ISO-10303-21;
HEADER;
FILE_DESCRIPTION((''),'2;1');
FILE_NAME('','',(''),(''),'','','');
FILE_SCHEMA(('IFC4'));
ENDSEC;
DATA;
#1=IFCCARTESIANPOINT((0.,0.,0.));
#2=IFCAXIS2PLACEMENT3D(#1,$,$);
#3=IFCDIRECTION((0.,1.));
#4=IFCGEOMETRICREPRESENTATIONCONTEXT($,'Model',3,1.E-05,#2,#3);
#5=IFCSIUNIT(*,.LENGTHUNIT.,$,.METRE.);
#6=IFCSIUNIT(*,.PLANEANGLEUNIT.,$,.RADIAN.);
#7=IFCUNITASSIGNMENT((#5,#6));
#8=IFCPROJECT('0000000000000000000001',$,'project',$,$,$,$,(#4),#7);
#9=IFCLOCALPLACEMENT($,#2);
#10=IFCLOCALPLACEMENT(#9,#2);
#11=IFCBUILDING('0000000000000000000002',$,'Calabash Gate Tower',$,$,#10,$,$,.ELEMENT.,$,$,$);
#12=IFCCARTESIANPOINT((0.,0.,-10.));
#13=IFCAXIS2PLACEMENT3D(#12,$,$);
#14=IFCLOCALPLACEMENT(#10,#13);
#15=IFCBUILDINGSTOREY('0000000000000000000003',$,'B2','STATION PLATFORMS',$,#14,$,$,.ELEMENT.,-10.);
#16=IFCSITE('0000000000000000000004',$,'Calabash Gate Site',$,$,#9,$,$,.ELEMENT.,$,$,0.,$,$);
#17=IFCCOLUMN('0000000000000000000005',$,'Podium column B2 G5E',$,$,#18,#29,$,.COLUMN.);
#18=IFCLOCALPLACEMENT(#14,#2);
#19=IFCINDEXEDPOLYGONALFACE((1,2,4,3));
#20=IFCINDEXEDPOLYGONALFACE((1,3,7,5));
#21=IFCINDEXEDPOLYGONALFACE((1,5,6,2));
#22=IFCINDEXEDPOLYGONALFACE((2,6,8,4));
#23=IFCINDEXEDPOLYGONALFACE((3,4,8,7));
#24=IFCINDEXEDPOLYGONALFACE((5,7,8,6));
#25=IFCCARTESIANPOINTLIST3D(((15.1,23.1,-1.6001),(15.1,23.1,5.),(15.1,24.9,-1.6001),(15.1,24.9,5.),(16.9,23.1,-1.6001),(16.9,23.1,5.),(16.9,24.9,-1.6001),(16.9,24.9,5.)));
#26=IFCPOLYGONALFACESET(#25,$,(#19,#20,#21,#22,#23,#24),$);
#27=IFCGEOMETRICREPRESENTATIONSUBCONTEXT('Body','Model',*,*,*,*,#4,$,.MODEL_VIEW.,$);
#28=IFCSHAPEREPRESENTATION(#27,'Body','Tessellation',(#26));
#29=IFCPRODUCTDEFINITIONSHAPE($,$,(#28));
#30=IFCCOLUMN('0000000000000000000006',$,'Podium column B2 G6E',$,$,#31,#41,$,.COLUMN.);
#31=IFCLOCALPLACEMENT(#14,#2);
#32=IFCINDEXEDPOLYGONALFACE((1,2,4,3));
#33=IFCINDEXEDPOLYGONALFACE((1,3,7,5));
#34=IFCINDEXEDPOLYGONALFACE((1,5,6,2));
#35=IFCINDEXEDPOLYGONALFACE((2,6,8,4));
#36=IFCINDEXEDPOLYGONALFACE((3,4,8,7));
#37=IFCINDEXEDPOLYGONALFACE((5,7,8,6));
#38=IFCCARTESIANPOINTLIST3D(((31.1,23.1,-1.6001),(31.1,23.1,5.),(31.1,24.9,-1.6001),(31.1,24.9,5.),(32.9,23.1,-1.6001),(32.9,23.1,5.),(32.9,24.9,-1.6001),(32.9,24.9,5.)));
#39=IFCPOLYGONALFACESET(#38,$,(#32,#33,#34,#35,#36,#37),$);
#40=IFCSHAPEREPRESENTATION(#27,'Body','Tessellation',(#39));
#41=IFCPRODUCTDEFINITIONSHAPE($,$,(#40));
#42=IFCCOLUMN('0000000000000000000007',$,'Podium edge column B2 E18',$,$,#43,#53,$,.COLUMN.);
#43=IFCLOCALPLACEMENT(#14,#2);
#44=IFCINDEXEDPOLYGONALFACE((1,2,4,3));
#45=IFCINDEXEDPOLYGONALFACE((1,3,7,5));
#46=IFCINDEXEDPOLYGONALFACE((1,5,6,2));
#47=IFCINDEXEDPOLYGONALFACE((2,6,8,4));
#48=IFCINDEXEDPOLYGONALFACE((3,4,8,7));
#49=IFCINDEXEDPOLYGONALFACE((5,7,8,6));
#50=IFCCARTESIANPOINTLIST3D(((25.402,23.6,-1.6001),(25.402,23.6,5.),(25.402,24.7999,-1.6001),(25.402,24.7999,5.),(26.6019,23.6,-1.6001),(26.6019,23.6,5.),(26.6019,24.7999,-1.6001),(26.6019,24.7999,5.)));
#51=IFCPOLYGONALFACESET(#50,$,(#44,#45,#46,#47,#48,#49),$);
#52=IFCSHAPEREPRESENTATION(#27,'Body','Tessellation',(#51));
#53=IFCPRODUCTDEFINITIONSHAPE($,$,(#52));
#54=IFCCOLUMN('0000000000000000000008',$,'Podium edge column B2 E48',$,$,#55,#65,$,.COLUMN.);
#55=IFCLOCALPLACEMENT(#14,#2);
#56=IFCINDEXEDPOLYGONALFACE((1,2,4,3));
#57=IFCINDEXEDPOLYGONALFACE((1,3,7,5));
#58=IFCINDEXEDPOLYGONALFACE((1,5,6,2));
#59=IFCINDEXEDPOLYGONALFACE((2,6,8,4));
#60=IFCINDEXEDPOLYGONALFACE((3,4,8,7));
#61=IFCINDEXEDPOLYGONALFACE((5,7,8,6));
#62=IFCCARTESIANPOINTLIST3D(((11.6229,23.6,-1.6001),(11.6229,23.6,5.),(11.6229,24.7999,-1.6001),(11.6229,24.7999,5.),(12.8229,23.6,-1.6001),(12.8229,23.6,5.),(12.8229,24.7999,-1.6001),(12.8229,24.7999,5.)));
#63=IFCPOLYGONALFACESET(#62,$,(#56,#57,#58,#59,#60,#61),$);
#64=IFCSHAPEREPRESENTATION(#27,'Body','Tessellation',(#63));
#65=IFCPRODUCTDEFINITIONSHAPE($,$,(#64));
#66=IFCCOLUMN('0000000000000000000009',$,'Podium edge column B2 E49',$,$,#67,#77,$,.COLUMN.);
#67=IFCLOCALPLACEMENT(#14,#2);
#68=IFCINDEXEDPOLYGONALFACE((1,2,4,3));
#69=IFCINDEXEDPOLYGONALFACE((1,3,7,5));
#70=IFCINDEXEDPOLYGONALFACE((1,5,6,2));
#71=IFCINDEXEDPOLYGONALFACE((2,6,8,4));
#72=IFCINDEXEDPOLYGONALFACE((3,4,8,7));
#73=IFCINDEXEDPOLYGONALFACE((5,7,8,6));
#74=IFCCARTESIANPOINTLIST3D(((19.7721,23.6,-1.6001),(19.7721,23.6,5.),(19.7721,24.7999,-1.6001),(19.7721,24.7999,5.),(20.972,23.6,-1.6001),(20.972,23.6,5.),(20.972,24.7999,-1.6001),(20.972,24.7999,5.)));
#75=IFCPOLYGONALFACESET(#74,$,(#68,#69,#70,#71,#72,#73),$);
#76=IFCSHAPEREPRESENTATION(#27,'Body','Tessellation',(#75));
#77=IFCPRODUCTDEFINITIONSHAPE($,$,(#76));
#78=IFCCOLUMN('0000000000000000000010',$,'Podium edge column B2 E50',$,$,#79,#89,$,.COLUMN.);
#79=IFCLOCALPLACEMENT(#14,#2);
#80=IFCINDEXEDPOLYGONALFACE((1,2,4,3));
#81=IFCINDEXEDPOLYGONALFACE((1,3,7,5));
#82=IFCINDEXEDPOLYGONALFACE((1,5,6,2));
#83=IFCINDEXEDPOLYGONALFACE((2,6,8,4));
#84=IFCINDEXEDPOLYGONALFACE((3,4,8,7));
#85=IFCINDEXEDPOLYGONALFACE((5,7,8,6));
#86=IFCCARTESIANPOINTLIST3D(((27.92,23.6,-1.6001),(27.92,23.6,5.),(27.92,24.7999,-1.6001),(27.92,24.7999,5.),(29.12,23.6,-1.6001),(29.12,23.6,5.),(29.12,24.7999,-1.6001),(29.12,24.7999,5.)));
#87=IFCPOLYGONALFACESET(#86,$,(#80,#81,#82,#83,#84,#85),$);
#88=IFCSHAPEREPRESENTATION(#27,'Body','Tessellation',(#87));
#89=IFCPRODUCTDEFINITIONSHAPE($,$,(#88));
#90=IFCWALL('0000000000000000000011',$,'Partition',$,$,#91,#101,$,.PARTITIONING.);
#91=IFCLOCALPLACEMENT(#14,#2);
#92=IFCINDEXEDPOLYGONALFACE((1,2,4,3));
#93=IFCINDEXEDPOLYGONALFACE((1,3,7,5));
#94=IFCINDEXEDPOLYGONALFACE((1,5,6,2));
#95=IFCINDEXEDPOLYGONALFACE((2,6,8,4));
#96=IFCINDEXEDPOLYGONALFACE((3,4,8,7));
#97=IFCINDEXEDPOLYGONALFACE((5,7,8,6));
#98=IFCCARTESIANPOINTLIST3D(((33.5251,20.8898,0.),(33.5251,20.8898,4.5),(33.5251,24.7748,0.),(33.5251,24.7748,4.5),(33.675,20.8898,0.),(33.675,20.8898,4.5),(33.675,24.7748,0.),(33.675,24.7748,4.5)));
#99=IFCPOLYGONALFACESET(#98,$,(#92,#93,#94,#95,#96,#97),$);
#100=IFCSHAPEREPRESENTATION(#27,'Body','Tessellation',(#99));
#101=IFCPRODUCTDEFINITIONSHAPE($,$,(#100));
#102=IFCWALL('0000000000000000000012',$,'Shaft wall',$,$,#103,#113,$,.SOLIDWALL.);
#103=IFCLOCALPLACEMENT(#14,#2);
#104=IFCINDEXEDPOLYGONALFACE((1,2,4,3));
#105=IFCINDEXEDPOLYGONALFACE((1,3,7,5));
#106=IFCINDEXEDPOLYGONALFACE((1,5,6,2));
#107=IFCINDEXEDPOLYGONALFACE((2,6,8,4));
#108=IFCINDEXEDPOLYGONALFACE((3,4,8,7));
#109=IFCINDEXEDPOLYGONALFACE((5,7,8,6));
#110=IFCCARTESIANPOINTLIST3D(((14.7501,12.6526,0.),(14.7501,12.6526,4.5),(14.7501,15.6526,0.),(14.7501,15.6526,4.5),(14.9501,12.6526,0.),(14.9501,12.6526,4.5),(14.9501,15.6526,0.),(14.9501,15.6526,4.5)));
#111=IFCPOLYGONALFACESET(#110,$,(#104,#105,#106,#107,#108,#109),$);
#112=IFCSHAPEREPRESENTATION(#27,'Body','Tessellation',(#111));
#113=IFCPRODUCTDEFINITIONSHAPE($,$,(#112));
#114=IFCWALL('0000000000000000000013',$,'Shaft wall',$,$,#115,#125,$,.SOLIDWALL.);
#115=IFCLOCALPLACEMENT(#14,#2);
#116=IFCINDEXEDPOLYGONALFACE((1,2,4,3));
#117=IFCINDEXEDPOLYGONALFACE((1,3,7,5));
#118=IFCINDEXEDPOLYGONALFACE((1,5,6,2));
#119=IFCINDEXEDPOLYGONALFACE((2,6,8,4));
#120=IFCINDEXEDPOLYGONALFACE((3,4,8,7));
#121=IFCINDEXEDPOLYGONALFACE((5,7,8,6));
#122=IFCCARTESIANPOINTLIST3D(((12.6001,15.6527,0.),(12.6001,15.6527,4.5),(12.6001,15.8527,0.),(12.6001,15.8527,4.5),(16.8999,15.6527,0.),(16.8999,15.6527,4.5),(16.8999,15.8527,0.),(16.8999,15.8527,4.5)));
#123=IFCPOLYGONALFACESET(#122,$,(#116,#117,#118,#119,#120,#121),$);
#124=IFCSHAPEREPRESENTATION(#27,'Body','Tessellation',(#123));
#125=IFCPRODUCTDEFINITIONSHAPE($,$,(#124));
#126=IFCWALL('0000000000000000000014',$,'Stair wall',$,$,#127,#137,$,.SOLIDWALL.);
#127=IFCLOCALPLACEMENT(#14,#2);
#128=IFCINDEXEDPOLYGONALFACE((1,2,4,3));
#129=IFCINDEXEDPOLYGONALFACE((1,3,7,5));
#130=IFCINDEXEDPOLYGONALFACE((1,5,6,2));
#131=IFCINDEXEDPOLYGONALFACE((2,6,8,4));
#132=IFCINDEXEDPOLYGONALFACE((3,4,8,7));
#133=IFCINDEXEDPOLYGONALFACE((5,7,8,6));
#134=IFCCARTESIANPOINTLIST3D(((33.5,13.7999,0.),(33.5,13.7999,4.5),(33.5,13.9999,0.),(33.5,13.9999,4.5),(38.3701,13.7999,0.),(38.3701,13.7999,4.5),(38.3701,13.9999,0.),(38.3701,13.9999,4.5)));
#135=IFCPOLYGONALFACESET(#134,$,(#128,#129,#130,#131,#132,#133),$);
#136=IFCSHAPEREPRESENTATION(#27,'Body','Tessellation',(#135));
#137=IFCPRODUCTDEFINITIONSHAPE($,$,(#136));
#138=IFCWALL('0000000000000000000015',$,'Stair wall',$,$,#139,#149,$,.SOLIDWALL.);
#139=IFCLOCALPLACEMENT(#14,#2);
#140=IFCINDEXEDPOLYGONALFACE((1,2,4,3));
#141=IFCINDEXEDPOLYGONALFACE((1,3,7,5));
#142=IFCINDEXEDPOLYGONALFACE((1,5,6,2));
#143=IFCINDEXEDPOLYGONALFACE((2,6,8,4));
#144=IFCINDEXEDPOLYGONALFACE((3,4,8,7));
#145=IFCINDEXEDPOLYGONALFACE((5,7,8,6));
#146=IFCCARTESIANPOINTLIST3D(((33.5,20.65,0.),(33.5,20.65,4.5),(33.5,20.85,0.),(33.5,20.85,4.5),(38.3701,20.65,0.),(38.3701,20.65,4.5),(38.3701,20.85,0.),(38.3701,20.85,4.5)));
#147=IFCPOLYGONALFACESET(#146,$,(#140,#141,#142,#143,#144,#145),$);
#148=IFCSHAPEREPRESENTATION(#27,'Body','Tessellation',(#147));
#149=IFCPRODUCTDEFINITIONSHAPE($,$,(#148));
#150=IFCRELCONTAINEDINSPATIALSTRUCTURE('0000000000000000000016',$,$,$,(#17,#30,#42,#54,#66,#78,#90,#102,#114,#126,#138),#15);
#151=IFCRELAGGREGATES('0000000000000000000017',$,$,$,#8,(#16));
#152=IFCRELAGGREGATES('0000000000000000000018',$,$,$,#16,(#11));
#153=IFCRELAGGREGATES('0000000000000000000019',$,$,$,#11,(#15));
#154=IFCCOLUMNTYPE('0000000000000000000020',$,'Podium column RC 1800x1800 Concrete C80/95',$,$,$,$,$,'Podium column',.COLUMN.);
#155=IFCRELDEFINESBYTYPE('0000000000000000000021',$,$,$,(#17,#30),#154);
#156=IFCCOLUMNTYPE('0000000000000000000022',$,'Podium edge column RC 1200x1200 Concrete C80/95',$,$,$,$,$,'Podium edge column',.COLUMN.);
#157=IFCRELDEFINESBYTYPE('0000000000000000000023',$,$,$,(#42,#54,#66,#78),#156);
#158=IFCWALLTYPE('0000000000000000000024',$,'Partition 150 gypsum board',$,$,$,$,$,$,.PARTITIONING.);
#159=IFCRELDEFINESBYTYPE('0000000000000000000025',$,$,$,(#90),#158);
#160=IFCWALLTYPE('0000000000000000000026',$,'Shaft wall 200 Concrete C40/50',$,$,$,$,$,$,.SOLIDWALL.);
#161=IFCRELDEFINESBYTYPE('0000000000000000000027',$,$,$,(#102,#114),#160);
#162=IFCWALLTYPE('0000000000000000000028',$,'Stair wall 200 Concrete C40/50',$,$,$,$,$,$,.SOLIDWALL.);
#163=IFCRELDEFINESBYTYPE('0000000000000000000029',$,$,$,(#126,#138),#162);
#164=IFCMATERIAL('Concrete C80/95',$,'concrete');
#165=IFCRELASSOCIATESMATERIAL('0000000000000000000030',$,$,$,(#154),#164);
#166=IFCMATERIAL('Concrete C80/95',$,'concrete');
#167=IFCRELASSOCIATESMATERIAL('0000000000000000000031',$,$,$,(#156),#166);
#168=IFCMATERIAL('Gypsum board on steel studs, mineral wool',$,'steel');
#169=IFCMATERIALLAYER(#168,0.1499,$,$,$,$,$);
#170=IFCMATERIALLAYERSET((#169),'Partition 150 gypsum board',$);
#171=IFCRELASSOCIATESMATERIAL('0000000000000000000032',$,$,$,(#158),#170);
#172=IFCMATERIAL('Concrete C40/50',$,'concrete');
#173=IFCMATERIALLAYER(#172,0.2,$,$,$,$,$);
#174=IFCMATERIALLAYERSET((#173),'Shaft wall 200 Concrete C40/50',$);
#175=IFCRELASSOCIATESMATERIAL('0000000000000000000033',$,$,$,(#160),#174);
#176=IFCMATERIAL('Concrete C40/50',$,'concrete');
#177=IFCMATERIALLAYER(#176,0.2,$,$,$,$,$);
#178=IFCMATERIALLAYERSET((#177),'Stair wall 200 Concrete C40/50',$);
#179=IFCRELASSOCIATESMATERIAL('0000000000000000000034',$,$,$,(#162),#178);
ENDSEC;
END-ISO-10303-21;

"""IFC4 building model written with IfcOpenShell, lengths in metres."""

from ifc_helpers import new_model, si_unit, direction, frame, frame_2d, origin, origin_2d, place, context, subcontext, project, spatial, rectangle, extrude, material, layer, layer_set, material_profile, profile_set, type_object, element, save


model = new_model("IFC4")

# Units and contexts
model_context = context("Model", 3, precision=1e-05, world=origin(), true_north=direction((0.0, 1.0)))
body_context = subcontext(model_context, "Body", "Model", "MODEL_VIEW")
ifc_project = project(units=[si_unit("LENGTHUNIT", "METRE"), si_unit("PLANEANGLEUNIT", "RADIAN")], contexts=[model_context])

# Site, building, storey
site_placement = place(None, origin())
site = spatial("IfcSite", under=ifc_project, at=site_placement, Name="Calabash Gate Site", CompositionType="ELEMENT", RefElevation=0.0)
building_placement = place(site_placement, origin())
building = spatial("IfcBuilding", under=site, at=building_placement, Name="Calabash Gate Tower", CompositionType="ELEMENT")
storey_placement = place(building_placement, frame((0.0, 0.0, -10.0)))
storey = spatial("IfcBuildingStorey", under=building, at=storey_placement, Name="B2", Description="STATION PLATFORMS", CompositionType="ELEMENT", Elevation=-10.0)

# Columns
ifc_material_1 = material(Name="Concrete C80/95", Category="concrete")
ifc_material_profile_1 = material_profile(ifc_material_1, rectangle(XDim=1.8, YDim=1.8, at=origin_2d()))
ifc_profile_set_1 = profile_set([ifc_material_profile_1], Name="Concrete C80/95")
column_type_1 = type_object("IfcColumnType", Name="Podium column RC 1800x1800 Concrete C80/95", ElementType="Podium column", PredefinedType="COLUMN", material=ifc_profile_set_1)
for number, where, z_axis, x_axis, name in (
    (1, (16.0, 24.0, -1.6001), (0.0, 0.0, 1.0), (1.0, 0.0, 0.0), "Podium column B2 G5E"),
    (2, (32.0, 24.0, -1.6001), (0.0, 0.0, 1.0), (1.0, 0.0, 0.0), "Podium column B2 G6E"),
):
    element("IfcColumn", number, at=place(storey_placement, frame(where, z_axis=z_axis, x_axis=x_axis)), inside=storey, type_object=column_type_1, Name=name, PredefinedType="COLUMN", context=body_context, shape_type="SweptSolid", body=[
        extrude(rectangle(XDim=1.8, YDim=1.8, at=origin_2d()), origin(), (0.0, 0.0, 1.0), 6.6001),
    ])
ifc_material_2 = material(Name="Concrete C80/95", Category="concrete")
ifc_material_profile_2 = material_profile(ifc_material_2, rectangle(XDim=1.2, YDim=1.2, at=origin_2d()))
ifc_profile_set_2 = profile_set([ifc_material_profile_2], Name="Concrete C80/95")
column_type_2 = type_object("IfcColumnType", Name="Podium edge column RC 1200x1200 Concrete C80/95", ElementType="Podium edge column", PredefinedType="COLUMN", material=ifc_profile_set_2)
for number, where, z_axis, x_axis, name in (
    (3, (26.002, 24.2, -1.6001), (0.0, 0.0, 1.0), (1.0, 0.0, 0.0), "Podium edge column B2 E18"),
    (4, (12.2229, 24.2, -1.6001), (0.0, 0.0, 1.0), (1.0, 0.0, 0.0), "Podium edge column B2 E48"),
    (5, (20.3721, 24.2, -1.6001), (0.0, 0.0, 1.0), (1.0, 0.0, 0.0), "Podium edge column B2 E49"),
    (6, (28.52, 24.2, -1.6001), (0.0, 0.0, 1.0), (1.0, 0.0, 0.0), "Podium edge column B2 E50"),
):
    element("IfcColumn", number, at=place(storey_placement, frame(where, z_axis=z_axis, x_axis=x_axis)), inside=storey, type_object=column_type_2, Name=name, PredefinedType="COLUMN", context=body_context, shape_type="SweptSolid", body=[
        extrude(rectangle(XDim=1.2, YDim=1.2, at=origin_2d()), origin(), (0.0, 0.0, 1.0), 6.6001),
    ])

# Walls
ifc_material_3 = material(Name="Gypsum board on steel studs, mineral wool", Category="steel")
ifc_layer_1 = layer(ifc_material_3, 0.1499)
ifc_layer_set_1 = layer_set([ifc_layer_1], Name="Partition 150 gypsum board")
wall_type_1 = type_object("IfcWallType", Name="Partition 150 gypsum board", PredefinedType="PARTITIONING", material=ifc_layer_set_1)
wall_1_placement = place(storey_placement, frame((33.6001, 20.8899, 0.0), z_axis=(0.0, 0.0, 1.0), x_axis=(0.0, 1.0, 0.0)))
element("IfcWall", 7, at=wall_1_placement, inside=storey, type_object=wall_type_1, Name="Partition", PredefinedType="PARTITIONING", context=body_context, shape_type="SweptSolid", body=[
    extrude(rectangle(XDim=3.885, YDim=0.1499, at=frame_2d((1.9424, 0.0))), origin(), (0.0, 0.0, 1.0), 4.5),
])
ifc_material_4 = material(Name="Concrete C40/50", Category="concrete")
ifc_layer_2 = layer(ifc_material_4, 0.2)
ifc_layer_set_2 = layer_set([ifc_layer_2], Name="Shaft wall 200 Concrete C40/50")
wall_type_2 = type_object("IfcWallType", Name="Shaft wall 200 Concrete C40/50", PredefinedType="SOLIDWALL", material=ifc_layer_set_2)
wall_2_placement = place(storey_placement, frame((14.8501, 12.6526, 0.0), z_axis=(0.0, 0.0, 1.0), x_axis=(0.0, 1.0, 0.0)))
element("IfcWall", 8, at=wall_2_placement, inside=storey, type_object=wall_type_2, Name="Shaft wall", PredefinedType="SOLIDWALL", context=body_context, shape_type="SweptSolid", body=[
    extrude(rectangle(XDim=3.0, YDim=0.2, at=frame_2d((1.5, 0.0))), origin(), (0.0, 0.0, 1.0), 4.5),
])
wall_3_placement = place(storey_placement, frame((12.6001, 15.7527, 0.0), z_axis=(0.0, 0.0, 1.0), x_axis=(1.0, 0.0, 0.0)))
element("IfcWall", 9, at=wall_3_placement, inside=storey, type_object=wall_type_2, Name="Shaft wall", PredefinedType="SOLIDWALL", context=body_context, shape_type="SweptSolid", body=[
    extrude(rectangle(XDim=4.2998, YDim=0.2, at=frame_2d((2.1499, 0.0))), origin(), (0.0, 0.0, 1.0), 4.5),
])
ifc_material_5 = material(Name="Concrete C40/50", Category="concrete")
ifc_layer_3 = layer(ifc_material_5, 0.2)
ifc_layer_set_3 = layer_set([ifc_layer_3], Name="Stair wall 200 Concrete C40/50")
wall_type_3 = type_object("IfcWallType", Name="Stair wall 200 Concrete C40/50", PredefinedType="SOLIDWALL", material=ifc_layer_set_3)
for number, where, z_axis, x_axis, name in (
    (10, (33.5, 13.8999, 0.0), (0.0, 0.0, 1.0), (1.0, 0.0, 0.0), "Stair wall"),
    (11, (33.5, 20.75, 0.0), (0.0, 0.0, 1.0), (1.0, 0.0, 0.0), "Stair wall"),
):
    element("IfcWall", number, at=place(storey_placement, frame(where, z_axis=z_axis, x_axis=x_axis)), inside=storey, type_object=wall_type_3, Name=name, PredefinedType="SOLIDWALL", context=body_context, shape_type="SweptSolid", body=[
        extrude(rectangle(XDim=4.8701, YDim=0.2, at=frame_2d((2.4351, 0.0))), origin(), (0.0, 0.0, 1.0), 4.5),
    ])

save(model, "model.ifc")
